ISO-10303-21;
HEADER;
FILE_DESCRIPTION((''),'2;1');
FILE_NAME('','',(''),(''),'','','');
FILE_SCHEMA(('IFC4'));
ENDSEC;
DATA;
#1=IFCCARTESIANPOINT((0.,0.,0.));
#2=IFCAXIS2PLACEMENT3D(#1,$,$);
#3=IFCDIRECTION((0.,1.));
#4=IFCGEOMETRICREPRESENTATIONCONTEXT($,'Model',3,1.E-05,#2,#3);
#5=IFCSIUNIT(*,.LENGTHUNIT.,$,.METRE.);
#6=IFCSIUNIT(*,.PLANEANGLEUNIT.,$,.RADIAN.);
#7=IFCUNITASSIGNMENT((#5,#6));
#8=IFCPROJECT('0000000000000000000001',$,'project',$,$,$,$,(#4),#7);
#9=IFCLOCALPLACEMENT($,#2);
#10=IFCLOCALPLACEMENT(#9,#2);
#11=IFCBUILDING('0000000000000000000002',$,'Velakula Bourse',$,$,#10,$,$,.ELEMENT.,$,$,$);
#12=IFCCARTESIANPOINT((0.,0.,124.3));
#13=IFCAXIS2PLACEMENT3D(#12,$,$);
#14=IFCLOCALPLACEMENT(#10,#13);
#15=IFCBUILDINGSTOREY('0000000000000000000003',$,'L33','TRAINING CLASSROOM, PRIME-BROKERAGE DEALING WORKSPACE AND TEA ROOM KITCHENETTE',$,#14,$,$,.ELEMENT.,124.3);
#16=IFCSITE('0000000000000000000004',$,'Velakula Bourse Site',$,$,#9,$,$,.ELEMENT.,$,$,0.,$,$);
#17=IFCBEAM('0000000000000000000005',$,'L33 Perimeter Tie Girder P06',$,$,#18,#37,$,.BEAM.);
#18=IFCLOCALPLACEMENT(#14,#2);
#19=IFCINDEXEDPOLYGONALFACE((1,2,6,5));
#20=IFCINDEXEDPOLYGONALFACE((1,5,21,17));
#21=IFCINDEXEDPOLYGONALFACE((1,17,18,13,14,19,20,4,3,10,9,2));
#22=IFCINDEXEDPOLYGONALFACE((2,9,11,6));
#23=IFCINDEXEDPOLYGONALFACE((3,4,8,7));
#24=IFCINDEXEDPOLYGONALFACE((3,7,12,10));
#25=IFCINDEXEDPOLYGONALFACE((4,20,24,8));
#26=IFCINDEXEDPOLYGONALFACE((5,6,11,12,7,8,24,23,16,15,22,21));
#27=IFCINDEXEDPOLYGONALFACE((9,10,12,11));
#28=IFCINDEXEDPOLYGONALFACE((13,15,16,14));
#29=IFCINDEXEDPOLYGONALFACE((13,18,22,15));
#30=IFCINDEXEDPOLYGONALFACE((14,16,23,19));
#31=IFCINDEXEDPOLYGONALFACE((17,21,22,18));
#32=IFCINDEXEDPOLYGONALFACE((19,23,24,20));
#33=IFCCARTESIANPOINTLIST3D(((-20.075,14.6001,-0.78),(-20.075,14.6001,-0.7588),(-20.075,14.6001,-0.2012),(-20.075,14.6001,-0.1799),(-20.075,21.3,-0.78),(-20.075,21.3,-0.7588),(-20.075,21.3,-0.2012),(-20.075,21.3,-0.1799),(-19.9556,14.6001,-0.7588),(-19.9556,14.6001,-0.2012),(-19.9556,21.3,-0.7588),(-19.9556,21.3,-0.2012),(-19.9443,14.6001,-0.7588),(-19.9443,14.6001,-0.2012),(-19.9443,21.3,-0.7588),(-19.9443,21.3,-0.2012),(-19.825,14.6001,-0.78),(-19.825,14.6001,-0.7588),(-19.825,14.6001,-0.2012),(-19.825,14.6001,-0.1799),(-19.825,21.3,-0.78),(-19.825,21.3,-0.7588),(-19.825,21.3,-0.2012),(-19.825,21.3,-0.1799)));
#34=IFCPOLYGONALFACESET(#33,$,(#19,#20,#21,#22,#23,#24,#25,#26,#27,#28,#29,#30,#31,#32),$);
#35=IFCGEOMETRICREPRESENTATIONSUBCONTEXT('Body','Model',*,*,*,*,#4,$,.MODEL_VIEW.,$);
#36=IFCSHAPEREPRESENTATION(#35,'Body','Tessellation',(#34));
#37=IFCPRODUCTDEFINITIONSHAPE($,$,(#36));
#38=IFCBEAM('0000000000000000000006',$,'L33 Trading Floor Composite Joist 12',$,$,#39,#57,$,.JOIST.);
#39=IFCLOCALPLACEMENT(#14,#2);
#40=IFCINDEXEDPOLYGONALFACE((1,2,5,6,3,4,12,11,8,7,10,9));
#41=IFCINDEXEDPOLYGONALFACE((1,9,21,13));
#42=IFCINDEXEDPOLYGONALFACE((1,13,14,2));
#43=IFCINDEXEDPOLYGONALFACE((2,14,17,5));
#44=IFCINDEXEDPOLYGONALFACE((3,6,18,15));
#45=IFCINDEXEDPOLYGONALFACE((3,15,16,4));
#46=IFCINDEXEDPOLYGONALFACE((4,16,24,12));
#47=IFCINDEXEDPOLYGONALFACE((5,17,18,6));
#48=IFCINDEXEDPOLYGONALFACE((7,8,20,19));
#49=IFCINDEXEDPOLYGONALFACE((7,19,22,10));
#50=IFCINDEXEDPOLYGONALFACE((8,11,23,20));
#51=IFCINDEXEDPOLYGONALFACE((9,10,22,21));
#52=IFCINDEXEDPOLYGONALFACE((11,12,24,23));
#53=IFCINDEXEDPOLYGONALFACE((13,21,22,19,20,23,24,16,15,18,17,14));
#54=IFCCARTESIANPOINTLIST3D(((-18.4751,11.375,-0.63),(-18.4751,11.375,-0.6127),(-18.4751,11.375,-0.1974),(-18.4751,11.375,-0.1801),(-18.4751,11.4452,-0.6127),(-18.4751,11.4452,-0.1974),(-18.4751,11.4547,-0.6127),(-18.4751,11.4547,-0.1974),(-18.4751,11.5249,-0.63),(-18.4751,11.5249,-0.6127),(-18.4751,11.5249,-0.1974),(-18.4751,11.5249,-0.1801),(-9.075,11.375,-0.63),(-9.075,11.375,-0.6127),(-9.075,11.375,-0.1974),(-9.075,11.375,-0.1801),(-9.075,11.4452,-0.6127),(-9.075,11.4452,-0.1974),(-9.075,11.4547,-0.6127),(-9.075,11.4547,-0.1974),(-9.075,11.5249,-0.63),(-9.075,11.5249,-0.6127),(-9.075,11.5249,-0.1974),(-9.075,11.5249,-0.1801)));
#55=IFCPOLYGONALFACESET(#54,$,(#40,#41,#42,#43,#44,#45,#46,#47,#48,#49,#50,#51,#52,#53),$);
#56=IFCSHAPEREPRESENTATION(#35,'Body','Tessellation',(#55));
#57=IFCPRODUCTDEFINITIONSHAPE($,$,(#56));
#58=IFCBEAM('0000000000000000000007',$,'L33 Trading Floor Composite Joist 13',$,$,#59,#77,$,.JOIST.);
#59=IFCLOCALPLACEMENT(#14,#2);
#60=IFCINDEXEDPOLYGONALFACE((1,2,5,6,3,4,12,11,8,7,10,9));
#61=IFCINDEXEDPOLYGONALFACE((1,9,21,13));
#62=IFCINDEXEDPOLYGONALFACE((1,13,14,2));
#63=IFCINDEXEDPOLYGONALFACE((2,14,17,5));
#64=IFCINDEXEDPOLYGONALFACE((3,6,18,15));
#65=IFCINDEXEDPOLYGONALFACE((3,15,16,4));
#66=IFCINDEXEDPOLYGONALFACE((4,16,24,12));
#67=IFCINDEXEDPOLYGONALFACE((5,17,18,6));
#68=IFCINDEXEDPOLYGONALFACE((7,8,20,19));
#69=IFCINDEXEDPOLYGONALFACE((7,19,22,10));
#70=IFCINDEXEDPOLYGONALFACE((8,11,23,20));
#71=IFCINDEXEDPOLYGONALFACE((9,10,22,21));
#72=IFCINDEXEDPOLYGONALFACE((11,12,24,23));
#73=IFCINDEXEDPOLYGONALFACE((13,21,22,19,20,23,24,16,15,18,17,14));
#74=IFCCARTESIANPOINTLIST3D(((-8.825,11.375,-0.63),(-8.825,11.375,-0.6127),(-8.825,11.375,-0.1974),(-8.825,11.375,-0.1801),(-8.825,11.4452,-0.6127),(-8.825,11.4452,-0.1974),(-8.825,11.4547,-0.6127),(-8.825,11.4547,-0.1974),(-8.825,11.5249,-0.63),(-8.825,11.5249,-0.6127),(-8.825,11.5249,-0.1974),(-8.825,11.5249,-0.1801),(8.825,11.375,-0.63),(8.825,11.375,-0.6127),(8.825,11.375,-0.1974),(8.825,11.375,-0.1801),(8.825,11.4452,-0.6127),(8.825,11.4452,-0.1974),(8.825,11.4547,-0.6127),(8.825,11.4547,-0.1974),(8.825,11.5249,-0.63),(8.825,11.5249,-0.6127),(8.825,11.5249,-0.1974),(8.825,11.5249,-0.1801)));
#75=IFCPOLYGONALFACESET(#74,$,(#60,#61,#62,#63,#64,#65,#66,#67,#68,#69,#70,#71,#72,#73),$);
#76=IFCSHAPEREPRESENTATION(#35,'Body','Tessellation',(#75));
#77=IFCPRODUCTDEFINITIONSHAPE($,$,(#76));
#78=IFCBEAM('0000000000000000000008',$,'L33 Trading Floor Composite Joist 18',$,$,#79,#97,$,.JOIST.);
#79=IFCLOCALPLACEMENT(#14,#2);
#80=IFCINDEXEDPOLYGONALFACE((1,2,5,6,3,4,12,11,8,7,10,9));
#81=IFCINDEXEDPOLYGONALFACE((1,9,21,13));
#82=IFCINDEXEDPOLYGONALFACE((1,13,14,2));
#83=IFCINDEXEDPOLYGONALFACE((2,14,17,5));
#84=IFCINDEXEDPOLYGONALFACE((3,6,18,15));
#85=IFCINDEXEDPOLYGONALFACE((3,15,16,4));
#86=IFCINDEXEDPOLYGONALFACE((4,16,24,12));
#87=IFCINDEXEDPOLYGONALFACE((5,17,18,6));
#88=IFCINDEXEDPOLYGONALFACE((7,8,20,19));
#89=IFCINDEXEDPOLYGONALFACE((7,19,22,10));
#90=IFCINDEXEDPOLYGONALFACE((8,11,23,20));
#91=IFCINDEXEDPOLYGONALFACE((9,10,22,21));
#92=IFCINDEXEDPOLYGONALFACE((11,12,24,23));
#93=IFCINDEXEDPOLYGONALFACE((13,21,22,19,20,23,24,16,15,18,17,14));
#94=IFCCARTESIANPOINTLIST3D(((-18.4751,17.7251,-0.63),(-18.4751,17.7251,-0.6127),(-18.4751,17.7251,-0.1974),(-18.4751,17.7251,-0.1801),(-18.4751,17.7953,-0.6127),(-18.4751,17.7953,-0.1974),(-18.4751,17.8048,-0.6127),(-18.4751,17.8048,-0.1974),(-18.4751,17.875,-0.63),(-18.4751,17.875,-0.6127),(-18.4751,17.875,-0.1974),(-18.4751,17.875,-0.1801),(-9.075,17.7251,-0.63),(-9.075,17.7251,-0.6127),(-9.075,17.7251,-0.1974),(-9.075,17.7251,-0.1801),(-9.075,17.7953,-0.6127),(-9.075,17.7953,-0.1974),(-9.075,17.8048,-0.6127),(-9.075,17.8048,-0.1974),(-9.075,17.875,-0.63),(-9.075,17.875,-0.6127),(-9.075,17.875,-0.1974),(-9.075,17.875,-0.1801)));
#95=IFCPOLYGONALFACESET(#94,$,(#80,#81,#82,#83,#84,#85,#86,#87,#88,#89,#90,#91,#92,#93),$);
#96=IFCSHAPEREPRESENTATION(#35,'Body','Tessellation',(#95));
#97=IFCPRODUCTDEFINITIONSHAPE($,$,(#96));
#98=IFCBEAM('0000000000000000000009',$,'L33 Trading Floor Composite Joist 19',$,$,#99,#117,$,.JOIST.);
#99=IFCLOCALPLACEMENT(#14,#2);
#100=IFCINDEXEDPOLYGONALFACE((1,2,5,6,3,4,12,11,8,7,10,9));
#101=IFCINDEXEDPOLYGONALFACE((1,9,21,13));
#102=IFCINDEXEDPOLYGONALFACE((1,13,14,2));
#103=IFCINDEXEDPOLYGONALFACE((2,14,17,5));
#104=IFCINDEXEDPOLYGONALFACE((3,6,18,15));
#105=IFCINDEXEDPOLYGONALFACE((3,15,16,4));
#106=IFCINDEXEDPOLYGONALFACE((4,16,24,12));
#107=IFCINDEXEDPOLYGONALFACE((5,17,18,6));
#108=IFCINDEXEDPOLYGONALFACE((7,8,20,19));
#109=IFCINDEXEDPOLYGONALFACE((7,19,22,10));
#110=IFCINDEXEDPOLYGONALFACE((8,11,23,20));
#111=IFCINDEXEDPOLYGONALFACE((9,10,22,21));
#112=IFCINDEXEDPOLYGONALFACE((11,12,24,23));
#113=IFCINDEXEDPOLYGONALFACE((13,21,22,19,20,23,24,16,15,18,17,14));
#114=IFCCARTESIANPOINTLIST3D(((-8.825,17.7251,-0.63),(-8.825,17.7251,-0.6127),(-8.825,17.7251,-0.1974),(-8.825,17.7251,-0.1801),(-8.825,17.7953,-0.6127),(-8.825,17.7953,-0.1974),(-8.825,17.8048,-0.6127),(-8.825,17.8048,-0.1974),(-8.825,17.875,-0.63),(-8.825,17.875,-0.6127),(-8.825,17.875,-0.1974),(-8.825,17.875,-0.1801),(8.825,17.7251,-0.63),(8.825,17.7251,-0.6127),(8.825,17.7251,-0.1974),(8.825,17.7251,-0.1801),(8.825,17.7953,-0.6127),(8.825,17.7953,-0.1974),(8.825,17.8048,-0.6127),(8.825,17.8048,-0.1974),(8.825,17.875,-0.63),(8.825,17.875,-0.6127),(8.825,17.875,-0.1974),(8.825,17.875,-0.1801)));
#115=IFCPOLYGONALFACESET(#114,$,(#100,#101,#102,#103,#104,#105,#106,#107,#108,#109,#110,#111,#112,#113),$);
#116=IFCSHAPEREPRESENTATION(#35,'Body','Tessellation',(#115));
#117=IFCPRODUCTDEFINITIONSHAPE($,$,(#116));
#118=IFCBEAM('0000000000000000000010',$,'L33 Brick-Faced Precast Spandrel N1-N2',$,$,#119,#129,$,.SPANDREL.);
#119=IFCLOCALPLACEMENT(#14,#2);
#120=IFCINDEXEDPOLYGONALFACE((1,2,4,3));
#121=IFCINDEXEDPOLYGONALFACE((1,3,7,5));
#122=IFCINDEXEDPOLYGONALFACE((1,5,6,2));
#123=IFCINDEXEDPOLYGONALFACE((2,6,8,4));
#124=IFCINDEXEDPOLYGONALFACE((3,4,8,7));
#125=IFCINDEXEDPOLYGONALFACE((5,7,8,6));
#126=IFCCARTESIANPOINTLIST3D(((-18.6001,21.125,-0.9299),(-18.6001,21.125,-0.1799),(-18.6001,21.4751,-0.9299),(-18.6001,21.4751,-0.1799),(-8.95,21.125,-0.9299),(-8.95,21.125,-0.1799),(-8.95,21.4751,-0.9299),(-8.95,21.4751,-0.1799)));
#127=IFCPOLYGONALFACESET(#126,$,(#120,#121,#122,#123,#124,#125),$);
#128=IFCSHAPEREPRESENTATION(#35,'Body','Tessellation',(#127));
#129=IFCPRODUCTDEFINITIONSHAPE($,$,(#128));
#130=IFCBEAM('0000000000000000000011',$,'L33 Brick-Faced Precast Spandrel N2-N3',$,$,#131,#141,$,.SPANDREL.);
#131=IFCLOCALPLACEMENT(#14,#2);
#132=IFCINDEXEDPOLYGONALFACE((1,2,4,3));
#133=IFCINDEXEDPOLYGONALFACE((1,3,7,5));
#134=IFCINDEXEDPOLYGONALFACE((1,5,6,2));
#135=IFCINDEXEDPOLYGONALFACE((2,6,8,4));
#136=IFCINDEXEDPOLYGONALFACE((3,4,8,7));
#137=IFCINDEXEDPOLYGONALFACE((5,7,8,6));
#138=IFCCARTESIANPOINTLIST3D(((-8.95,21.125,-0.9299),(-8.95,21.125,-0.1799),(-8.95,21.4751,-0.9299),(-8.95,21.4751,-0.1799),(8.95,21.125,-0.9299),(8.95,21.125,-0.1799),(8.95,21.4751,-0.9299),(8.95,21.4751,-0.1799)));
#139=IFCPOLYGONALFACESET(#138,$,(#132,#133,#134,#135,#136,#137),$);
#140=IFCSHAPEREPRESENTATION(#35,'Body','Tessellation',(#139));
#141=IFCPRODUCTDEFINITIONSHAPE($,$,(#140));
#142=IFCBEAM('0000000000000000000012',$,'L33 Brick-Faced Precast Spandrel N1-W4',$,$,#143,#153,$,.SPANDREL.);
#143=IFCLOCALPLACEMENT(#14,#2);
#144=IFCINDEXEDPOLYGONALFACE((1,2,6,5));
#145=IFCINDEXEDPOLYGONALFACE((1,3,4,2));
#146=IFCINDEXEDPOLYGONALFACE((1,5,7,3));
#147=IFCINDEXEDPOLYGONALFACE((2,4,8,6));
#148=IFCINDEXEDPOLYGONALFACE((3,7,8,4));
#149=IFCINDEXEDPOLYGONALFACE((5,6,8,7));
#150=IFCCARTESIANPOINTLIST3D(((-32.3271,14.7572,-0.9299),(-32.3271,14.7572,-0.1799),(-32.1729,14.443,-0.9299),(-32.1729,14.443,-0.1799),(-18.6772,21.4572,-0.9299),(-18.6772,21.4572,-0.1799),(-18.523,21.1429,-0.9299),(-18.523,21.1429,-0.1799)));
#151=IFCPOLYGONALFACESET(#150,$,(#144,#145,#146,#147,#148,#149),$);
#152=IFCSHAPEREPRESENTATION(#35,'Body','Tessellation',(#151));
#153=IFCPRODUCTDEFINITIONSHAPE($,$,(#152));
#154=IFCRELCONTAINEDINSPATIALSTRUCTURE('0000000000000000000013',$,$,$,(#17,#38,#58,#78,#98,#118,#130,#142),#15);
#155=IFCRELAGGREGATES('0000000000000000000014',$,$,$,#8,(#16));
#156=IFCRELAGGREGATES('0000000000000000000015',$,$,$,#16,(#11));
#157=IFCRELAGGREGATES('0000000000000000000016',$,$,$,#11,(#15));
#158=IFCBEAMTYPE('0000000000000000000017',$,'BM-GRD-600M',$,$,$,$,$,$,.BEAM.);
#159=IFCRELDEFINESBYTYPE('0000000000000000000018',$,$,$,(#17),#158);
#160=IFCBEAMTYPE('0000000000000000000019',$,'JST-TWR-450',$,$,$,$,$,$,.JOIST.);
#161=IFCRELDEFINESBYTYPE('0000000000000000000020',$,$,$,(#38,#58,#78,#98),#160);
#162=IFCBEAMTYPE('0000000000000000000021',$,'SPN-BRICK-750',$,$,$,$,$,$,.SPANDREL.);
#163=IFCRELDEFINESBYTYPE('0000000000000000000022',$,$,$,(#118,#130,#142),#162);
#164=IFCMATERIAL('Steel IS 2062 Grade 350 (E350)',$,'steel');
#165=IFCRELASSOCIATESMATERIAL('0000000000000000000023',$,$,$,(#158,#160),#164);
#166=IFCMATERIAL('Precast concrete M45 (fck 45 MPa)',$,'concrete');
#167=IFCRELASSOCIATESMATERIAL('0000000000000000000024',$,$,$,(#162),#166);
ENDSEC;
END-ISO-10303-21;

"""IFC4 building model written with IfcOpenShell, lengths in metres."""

from ifc_helpers import new_model, si_unit, direction, frame, origin, origin_2d, place, context, subcontext, project, spatial, rectangle, i_section, extrude, material, material_profile, profile_set, type_object, element, save


model = new_model("IFC4")

# Units and contexts
model_context = context("Model", 3, precision=1e-05, world=origin(), true_north=direction((0.0, 1.0)))
body_context = subcontext(model_context, "Body", "Model", "MODEL_VIEW")
ifc_project = project(units=[si_unit("LENGTHUNIT", "METRE"), si_unit("PLANEANGLEUNIT", "RADIAN")], contexts=[model_context])

# Site, building, storey
site_placement = place(None, origin())
site = spatial("IfcSite", under=ifc_project, at=site_placement, Name="Velakula Bourse Site", CompositionType="ELEMENT", RefElevation=0.0)
building_placement = place(site_placement, origin())
building = spatial("IfcBuilding", under=site, at=building_placement, Name="Velakula Bourse", CompositionType="ELEMENT")
storey_placement = place(building_placement, frame((0.0, 0.0, 124.3)))
storey = spatial("IfcBuildingStorey", under=building, at=storey_placement, Name="L33", Description="TRAINING CLASSROOM, PRIME-BROKERAGE DEALING WORKSPACE AND TEA ROOM KITCHENETTE", CompositionType="ELEMENT", Elevation=124.3)

# Shared definitions
ifc_material_1 = material(Name="Steel IS 2062 Grade 350 (E350)", Category="steel")
ifc_material_2 = material(Name="Precast concrete M45 (fck 45 MPa)", Category="concrete")

# Beams
ifc_material_profile_1 = material_profile(ifc_material_1, i_section(OverallWidth=0.25, OverallDepth=0.6001, WebThickness=0.0112, FlangeThickness=0.0212, at=origin_2d()), Name="Steel IS 2062 Grade 350 (E350)")
ifc_profile_set_1 = profile_set([ifc_material_profile_1], Name="Steel IS 2062 Grade 350 (E350)")
beam_type_1 = type_object("IfcBeamType", Name="BM-GRD-600M", PredefinedType="BEAM", material=ifc_profile_set_1)
for number, where, z_axis, x_axis, name in (
    (1, (-19.95, 14.6001, -0.48), (0.0, 1.0, 0.0), (-1.0, 0.0, 0.0), "L33 Perimeter Tie Girder P06"),
):
    element("IfcBeam", number, at=place(storey_placement, frame(where, z_axis=z_axis, x_axis=x_axis)), inside=storey, type_object=beam_type_1, Name=name, PredefinedType="BEAM", context=body_context, shape_type="SweptSolid", body=[
        extrude(i_section(OverallWidth=0.25, OverallDepth=0.6001, WebThickness=0.0112, FlangeThickness=0.0212, at=origin_2d()), origin(), (0.0, 0.0, 1.0), 6.7),
    ])
ifc_material_profile_2 = material_profile(ifc_material_1, i_section(OverallWidth=0.1499, OverallDepth=0.45, WebThickness=0.0095, FlangeThickness=0.0173, at=origin_2d()), Name="Steel IS 2062 Grade 350 (E350)")
ifc_profile_set_2 = profile_set([ifc_material_profile_2], Name="Steel IS 2062 Grade 350 (E350)")
beam_type_2 = type_object("IfcBeamType", Name="JST-TWR-450", PredefinedType="JOIST", material=ifc_profile_set_2)
beam_1_placement = place(storey_placement, frame((-18.4751, 11.45, -0.405), z_axis=(1.0, 0.0, 0.0), x_axis=(0.0, 1.0, 0.0)))
element("IfcBeam", 2, at=beam_1_placement, inside=storey, type_object=beam_type_2, Name="L33 Trading Floor Composite Joist 12", PredefinedType="JOIST", context=body_context, shape_type="SweptSolid", body=[
    extrude(i_section(OverallWidth=0.1499, OverallDepth=0.45, WebThickness=0.0095, FlangeThickness=0.0173, at=origin_2d()), origin(), (0.0, 0.0, 1.0), 9.4001),
])
beam_2_placement = place(storey_placement, frame((-8.825, 11.45, -0.405), z_axis=(1.0, 0.0, 0.0), x_axis=(0.0, 1.0, 0.0)))
element("IfcBeam", 3, at=beam_2_placement, inside=storey, type_object=beam_type_2, Name="L33 Trading Floor Composite Joist 13", PredefinedType="JOIST", context=body_context, shape_type="SweptSolid", body=[
    extrude(i_section(OverallWidth=0.1499, OverallDepth=0.45, WebThickness=0.0095, FlangeThickness=0.0173, at=origin_2d()), origin(), (0.0, 0.0, 1.0), 17.6499),
])
beam_3_placement = place(storey_placement, frame((-18.4751, 17.8, -0.405), z_axis=(1.0, 0.0, 0.0), x_axis=(0.0, 1.0, 0.0)))
element("IfcBeam", 4, at=beam_3_placement, inside=storey, type_object=beam_type_2, Name="L33 Trading Floor Composite Joist 18", PredefinedType="JOIST", context=body_context, shape_type="SweptSolid", body=[
    extrude(i_section(OverallWidth=0.1499, OverallDepth=0.45, WebThickness=0.0095, FlangeThickness=0.0173, at=origin_2d()), origin(), (0.0, 0.0, 1.0), 9.4001),
])
beam_4_placement = place(storey_placement, frame((-8.825, 17.8, -0.405), z_axis=(1.0, 0.0, 0.0), x_axis=(0.0, 1.0, 0.0)))
element("IfcBeam", 5, at=beam_4_placement, inside=storey, type_object=beam_type_2, Name="L33 Trading Floor Composite Joist 19", PredefinedType="JOIST", context=body_context, shape_type="SweptSolid", body=[
    extrude(i_section(OverallWidth=0.1499, OverallDepth=0.45, WebThickness=0.0095, FlangeThickness=0.0173, at=origin_2d()), origin(), (0.0, 0.0, 1.0), 17.6499),
])
ifc_material_profile_3 = material_profile(ifc_material_2, rectangle(XDim=0.3501, YDim=0.75, at=origin_2d()), Name="Precast concrete M45 (fck 45 MPa)")
ifc_profile_set_3 = profile_set([ifc_material_profile_3], Name="Precast concrete M45 (fck 45 MPa)")
beam_type_3 = type_object("IfcBeamType", Name="SPN-BRICK-750", PredefinedType="SPANDREL", material=ifc_profile_set_3)
beam_5_placement = place(storey_placement, frame((-18.6001, 21.3, -0.5549), z_axis=(1.0, 0.0, 0.0), x_axis=(0.0, 1.0, 0.0)))
element("IfcBeam", 6, at=beam_5_placement, inside=storey, type_object=beam_type_3, Name="L33 Brick-Faced Precast Spandrel N1-N2", PredefinedType="SPANDREL", context=body_context, shape_type="SweptSolid", body=[
    extrude(rectangle(XDim=0.3501, YDim=0.75, at=origin_2d()), origin(), (0.0, 0.0, 1.0), 9.6501),
])
beam_6_placement = place(storey_placement, frame((-8.95, 21.3, -0.5549), z_axis=(1.0, 0.0, 0.0), x_axis=(0.0, 1.0, 0.0)))
element("IfcBeam", 7, at=beam_6_placement, inside=storey, type_object=beam_type_3, Name="L33 Brick-Faced Precast Spandrel N2-N3", PredefinedType="SPANDREL", context=body_context, shape_type="SweptSolid", body=[
    extrude(rectangle(XDim=0.3501, YDim=0.75, at=origin_2d()), origin(), (0.0, 0.0, 1.0), 17.8999),
])
beam_7_placement = place(storey_placement, frame((-18.6001, 21.3, -0.5549), z_axis=(-0.897691, -0.440625, 0.0), x_axis=(0.440625, -0.897691, 0.0)))
element("IfcBeam", 8, at=beam_7_placement, inside=storey, type_object=beam_type_3, Name="L33 Brick-Faced Precast Spandrel N1-W4", PredefinedType="SPANDREL", context=body_context, shape_type="SweptSolid", body=[
    extrude(rectangle(XDim=0.3501, YDim=0.75, at=origin_2d()), origin(), (0.0, 0.0, 1.0), 15.2056),
])

save(model, "model.ifc")
